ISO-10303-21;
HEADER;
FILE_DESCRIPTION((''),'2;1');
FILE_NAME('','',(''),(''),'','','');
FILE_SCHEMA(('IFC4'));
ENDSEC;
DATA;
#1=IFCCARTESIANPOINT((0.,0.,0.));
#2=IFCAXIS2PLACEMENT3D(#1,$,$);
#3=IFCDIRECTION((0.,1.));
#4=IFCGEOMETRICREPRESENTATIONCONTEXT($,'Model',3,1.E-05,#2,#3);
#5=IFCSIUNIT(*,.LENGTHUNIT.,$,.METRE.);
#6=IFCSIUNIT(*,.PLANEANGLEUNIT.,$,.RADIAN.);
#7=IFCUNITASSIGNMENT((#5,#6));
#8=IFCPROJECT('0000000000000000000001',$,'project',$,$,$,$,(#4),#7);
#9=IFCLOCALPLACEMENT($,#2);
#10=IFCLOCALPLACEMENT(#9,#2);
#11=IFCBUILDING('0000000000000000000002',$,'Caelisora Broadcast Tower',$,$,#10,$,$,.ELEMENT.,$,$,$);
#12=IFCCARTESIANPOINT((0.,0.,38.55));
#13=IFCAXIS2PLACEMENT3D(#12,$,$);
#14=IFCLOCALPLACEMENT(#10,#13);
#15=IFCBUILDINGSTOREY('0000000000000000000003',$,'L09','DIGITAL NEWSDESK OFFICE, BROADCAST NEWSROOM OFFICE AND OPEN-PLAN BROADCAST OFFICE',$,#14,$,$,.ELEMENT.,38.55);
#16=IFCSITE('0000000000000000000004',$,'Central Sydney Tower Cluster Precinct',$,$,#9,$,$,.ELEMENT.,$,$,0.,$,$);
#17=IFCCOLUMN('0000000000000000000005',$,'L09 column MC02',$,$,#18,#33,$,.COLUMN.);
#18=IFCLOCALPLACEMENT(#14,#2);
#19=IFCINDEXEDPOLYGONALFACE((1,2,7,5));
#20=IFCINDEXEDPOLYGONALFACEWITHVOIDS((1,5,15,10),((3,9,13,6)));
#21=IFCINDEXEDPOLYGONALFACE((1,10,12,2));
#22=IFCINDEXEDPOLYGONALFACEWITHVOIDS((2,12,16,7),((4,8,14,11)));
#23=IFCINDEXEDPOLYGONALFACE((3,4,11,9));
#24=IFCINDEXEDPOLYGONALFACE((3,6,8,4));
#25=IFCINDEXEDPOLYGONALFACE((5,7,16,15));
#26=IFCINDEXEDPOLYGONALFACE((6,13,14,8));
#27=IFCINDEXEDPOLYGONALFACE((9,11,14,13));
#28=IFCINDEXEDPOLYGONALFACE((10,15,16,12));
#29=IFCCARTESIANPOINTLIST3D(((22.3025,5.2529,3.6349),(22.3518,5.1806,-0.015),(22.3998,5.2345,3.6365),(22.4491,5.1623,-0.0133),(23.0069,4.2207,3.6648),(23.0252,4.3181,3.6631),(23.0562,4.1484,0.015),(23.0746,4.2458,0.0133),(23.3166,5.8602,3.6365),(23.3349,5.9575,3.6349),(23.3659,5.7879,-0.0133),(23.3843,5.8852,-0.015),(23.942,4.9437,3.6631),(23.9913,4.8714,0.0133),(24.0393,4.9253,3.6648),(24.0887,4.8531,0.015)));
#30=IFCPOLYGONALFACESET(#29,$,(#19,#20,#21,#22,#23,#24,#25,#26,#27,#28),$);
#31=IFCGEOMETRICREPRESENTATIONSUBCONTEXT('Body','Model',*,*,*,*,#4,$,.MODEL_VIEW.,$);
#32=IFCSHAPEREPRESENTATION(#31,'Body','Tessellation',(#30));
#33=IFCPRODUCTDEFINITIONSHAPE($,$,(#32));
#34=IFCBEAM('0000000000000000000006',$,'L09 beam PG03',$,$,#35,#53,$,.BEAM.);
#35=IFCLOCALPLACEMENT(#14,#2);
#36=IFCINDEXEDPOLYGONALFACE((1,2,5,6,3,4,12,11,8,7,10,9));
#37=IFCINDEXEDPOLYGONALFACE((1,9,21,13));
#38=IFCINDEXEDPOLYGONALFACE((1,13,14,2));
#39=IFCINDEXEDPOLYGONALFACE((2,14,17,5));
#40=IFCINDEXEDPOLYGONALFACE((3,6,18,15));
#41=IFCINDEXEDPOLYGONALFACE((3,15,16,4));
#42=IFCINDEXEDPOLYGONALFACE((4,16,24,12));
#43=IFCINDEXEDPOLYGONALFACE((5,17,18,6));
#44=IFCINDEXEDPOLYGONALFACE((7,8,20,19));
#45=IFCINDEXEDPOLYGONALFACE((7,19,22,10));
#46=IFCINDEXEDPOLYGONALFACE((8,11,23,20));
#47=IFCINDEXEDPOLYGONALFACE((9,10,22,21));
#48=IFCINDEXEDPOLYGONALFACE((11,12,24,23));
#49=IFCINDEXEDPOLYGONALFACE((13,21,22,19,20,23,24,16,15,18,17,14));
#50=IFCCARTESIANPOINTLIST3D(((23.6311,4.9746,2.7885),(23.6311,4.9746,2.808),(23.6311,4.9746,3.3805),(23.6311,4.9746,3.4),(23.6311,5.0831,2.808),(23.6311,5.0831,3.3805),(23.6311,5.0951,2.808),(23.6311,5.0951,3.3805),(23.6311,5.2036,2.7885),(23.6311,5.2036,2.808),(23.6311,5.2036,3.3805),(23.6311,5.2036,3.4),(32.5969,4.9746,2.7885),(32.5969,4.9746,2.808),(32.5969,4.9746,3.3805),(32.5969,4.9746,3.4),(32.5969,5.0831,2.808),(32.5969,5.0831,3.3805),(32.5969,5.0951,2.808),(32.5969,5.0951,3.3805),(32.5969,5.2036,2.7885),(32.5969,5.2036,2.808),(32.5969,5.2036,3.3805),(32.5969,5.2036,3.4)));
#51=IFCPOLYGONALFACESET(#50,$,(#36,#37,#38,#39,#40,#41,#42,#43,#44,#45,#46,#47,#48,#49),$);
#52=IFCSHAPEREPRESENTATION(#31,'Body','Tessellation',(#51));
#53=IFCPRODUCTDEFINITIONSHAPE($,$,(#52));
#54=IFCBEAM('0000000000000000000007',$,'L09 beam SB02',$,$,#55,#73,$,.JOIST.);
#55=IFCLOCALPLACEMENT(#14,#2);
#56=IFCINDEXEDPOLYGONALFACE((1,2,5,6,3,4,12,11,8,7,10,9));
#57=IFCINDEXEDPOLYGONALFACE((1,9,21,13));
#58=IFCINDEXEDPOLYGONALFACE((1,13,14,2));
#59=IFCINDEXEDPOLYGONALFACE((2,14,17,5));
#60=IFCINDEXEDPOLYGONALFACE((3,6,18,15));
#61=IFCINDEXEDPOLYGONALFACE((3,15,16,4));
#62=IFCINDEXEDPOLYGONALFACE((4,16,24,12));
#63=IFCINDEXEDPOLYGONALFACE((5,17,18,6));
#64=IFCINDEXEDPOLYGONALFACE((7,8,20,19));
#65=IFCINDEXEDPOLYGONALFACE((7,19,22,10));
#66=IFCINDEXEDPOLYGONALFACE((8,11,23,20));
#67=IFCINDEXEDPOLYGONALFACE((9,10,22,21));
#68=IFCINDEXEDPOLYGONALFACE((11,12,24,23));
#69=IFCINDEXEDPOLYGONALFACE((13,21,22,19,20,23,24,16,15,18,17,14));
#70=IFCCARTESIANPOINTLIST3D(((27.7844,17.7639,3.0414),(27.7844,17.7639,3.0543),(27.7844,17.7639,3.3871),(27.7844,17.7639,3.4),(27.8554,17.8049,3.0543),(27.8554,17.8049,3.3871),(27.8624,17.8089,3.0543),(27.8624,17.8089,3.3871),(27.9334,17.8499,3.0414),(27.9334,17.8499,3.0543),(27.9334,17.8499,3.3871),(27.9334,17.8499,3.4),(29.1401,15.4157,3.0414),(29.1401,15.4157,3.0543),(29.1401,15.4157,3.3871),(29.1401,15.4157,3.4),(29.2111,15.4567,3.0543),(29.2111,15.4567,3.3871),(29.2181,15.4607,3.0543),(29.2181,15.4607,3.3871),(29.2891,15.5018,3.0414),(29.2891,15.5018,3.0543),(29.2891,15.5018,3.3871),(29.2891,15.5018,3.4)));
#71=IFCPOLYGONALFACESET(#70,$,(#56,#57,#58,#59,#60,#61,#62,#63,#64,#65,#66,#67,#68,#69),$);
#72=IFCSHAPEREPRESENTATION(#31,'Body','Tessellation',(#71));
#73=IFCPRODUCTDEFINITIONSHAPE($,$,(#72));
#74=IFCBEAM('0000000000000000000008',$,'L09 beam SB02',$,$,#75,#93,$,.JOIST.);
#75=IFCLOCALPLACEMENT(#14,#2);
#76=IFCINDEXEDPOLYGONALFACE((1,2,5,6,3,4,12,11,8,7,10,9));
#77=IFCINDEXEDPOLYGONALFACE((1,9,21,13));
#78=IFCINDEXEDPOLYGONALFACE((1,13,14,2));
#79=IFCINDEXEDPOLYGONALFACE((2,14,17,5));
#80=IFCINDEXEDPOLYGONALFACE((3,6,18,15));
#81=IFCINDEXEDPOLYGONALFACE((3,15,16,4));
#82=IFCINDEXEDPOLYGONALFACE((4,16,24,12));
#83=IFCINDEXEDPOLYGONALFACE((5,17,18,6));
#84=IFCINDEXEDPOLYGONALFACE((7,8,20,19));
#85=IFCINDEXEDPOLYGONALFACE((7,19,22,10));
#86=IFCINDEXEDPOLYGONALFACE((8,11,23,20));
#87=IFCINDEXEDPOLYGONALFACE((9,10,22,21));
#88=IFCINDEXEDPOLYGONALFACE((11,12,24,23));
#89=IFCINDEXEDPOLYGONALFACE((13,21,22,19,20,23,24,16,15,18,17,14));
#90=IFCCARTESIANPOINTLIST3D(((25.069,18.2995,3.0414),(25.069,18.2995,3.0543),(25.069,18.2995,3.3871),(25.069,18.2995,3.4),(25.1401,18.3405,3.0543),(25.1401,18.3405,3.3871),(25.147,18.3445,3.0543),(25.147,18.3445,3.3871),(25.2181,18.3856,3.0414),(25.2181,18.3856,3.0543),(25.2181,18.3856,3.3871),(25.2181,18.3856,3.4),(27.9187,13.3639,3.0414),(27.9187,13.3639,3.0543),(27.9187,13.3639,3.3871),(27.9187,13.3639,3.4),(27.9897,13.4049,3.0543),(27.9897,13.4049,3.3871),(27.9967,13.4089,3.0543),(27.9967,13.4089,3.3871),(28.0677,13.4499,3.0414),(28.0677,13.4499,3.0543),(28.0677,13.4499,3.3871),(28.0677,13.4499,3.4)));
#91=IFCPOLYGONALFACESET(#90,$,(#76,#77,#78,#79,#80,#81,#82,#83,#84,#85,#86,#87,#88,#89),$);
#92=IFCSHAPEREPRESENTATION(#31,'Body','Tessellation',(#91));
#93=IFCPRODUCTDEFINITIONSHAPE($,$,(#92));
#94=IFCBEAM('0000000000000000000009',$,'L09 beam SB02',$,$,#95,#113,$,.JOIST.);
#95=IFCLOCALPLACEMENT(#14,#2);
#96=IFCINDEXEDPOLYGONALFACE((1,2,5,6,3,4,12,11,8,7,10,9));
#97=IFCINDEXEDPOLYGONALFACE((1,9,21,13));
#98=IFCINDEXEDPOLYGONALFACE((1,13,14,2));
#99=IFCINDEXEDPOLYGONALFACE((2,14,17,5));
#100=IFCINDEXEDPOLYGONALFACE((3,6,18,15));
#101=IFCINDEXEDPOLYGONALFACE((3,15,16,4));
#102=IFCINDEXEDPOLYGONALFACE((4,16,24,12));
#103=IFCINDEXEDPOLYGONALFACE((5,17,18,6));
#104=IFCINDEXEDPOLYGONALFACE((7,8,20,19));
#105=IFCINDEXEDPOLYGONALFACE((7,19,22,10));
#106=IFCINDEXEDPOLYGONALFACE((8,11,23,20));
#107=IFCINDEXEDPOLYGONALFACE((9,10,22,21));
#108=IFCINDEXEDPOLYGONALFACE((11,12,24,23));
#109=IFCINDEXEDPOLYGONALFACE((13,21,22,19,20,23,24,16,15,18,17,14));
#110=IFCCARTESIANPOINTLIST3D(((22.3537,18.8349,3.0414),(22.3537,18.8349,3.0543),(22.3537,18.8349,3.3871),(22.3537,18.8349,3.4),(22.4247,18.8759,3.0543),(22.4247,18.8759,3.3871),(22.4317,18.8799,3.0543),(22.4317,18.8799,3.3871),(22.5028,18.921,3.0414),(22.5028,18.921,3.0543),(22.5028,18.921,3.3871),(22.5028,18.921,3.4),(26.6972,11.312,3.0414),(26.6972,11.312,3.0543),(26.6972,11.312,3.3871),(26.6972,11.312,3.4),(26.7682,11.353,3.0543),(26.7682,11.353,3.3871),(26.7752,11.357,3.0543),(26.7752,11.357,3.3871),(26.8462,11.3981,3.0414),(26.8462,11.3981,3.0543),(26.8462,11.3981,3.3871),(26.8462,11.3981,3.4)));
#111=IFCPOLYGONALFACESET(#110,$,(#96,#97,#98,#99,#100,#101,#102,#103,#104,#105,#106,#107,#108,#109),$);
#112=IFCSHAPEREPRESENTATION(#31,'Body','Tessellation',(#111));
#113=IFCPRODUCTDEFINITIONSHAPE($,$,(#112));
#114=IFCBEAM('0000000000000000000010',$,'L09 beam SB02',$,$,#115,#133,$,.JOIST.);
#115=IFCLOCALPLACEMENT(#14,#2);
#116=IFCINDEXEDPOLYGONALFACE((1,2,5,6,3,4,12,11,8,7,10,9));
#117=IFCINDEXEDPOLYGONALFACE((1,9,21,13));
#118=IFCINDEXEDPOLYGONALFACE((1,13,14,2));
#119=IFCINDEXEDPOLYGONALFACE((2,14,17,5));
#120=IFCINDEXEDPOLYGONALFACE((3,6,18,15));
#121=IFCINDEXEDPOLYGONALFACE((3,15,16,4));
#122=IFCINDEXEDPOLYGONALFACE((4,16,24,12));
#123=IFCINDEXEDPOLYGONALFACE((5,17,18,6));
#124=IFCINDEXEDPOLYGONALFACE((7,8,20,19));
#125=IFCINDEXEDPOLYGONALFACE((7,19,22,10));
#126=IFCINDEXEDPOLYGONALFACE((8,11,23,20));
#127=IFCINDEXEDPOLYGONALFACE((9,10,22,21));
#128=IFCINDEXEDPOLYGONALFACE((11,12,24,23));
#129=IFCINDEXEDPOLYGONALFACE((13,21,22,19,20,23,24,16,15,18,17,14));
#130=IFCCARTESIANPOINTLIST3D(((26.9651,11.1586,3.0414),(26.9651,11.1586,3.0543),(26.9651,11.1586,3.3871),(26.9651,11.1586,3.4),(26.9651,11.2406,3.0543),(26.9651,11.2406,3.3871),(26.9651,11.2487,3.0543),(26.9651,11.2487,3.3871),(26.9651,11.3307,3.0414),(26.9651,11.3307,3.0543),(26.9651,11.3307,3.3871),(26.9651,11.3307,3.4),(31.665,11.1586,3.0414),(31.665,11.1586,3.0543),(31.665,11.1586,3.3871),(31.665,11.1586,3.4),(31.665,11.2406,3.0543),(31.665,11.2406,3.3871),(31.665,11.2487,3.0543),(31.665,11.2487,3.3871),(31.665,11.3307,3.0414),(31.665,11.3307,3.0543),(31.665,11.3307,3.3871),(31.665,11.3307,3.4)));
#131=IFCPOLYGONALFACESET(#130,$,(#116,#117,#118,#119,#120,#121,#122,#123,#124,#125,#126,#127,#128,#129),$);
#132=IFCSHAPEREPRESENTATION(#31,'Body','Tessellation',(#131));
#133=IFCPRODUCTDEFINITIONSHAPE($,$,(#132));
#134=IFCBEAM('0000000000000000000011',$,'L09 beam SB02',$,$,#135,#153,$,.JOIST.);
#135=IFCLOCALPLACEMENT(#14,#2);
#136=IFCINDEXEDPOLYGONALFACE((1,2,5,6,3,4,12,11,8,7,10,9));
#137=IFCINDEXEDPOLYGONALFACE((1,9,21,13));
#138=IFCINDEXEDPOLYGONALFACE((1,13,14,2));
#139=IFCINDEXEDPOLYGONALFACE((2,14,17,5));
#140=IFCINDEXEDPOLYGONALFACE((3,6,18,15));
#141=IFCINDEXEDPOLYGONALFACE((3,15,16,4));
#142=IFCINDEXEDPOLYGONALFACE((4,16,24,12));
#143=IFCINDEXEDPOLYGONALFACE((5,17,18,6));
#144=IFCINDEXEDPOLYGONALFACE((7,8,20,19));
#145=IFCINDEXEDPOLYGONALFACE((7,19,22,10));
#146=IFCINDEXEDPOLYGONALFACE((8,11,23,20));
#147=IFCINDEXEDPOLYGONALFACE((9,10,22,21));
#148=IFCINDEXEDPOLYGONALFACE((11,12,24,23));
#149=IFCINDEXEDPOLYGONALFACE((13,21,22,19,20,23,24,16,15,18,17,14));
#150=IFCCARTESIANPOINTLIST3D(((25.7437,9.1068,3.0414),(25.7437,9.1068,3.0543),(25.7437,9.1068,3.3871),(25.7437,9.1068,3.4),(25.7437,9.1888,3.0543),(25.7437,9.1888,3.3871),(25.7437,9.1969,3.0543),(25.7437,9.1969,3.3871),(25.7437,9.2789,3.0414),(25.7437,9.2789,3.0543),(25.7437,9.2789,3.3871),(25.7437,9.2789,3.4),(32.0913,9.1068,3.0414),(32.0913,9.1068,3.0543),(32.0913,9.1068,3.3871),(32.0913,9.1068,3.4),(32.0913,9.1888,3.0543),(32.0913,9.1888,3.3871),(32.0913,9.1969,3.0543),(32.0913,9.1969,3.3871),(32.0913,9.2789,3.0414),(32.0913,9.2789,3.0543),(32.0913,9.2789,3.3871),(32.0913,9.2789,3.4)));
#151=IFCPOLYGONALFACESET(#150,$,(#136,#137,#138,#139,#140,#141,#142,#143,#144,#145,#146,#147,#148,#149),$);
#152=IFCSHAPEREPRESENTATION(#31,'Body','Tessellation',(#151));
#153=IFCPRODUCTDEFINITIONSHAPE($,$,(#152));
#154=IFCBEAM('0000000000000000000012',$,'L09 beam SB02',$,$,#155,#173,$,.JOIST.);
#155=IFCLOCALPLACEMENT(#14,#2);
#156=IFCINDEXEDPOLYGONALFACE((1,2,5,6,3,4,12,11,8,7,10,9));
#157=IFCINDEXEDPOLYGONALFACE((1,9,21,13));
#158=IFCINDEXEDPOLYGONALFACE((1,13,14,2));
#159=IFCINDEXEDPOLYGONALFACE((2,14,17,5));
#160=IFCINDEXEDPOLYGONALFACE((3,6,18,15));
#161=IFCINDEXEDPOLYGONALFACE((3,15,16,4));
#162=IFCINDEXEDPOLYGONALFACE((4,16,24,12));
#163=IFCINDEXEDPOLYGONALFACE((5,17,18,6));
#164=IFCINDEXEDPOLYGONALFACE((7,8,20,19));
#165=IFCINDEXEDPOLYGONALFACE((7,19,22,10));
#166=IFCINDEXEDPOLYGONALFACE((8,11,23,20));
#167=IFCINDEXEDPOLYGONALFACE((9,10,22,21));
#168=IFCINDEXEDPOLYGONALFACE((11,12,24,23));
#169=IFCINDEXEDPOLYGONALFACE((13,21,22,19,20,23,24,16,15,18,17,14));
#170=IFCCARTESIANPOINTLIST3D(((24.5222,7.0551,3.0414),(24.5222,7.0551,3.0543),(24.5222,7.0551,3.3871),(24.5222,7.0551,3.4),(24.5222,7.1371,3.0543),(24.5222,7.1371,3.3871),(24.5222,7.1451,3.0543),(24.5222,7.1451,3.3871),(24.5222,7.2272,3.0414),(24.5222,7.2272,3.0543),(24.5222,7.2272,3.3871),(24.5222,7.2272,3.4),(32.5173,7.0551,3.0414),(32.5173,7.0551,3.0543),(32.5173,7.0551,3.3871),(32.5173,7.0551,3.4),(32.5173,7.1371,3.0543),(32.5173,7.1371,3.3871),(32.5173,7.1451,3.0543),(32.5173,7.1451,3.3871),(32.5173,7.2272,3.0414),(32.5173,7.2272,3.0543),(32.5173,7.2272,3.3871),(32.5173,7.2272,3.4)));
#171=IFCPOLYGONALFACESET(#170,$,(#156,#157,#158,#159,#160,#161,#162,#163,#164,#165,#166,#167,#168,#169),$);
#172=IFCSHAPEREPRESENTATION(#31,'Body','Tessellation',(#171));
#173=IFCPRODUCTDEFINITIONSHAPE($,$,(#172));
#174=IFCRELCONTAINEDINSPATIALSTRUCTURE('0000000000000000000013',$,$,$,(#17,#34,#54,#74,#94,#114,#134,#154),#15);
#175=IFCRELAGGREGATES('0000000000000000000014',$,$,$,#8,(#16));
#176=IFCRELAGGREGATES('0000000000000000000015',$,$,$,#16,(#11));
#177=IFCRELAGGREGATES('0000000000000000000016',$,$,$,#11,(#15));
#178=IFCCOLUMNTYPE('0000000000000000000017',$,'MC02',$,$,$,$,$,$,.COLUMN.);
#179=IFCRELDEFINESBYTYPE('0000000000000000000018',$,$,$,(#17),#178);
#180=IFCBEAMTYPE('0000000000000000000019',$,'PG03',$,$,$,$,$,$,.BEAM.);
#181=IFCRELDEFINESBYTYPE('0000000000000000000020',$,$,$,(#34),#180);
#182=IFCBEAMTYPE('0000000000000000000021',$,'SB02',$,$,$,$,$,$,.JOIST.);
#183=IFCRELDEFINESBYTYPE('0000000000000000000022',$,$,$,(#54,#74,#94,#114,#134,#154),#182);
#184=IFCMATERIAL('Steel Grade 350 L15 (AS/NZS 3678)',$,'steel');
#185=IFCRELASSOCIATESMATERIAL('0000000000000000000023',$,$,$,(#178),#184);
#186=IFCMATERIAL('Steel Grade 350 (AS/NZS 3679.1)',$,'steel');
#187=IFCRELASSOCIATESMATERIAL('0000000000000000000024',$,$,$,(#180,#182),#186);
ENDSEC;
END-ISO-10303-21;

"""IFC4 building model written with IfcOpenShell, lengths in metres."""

from ifc_helpers import new_model, si_unit, direction, frame, origin, origin_2d, place, context, subcontext, project, spatial, hollow_rectangle, i_section, extrude, source, transform, mapped, material, material_profile, profile_set, type_object, type_shapes, element, save


model = new_model("IFC4")

# Units and contexts
model_context = context("Model", 3, precision=1e-05, world=origin(), true_north=direction((0.0, 1.0)))
body_context = subcontext(model_context, "Body", "Model", "MODEL_VIEW")
ifc_project = project(units=[si_unit("LENGTHUNIT", "METRE"), si_unit("PLANEANGLEUNIT", "RADIAN")], contexts=[model_context])

# Site, building, storey
site_placement = place(None, origin())
site = spatial("IfcSite", under=ifc_project, at=site_placement, Name="Central Sydney Tower Cluster Precinct", CompositionType="ELEMENT", RefElevation=0.0)
building_placement = place(site_placement, origin())
building = spatial("IfcBuilding", under=site, at=building_placement, Name="Caelisora Broadcast Tower", CompositionType="ELEMENT")
storey_placement = place(building_placement, frame((0.0, 0.0, 38.55)))
storey = spatial("IfcBuildingStorey", under=building, at=storey_placement, Name="L09", Description="DIGITAL NEWSDESK OFFICE, BROADCAST NEWSROOM OFFICE AND OPEN-PLAN BROADCAST OFFICE", CompositionType="ELEMENT", Elevation=38.55)

# Column
ifc_material_1 = material(Name="Steel Grade 350 L15 (AS/NZS 3678)", Category="steel")
ifc_material_profile_1 = material_profile(ifc_material_1, hollow_rectangle(XDim=1.25, YDim=1.25, WallThickness=0.0701, at=origin_2d()), Name="Steel Grade 350 L15 (AS/NZS 3678)")
ifc_profile_set_1 = profile_set([ifc_material_profile_1], Name="Steel Grade 350 L15 (AS/NZS 3678)")
column_type = type_object("IfcColumnType", Name="MC02", PredefinedType="COLUMN", material=ifc_profile_set_1)
shared_shape_1 = source(origin(), body_context, "Body", "SweptSolid", [
    extrude(hollow_rectangle(XDim=1.25, YDim=1.25, WallThickness=0.0701, at=origin_2d()), origin(), (0.0, 0.0, 1.0), 3.6509),
])
type_shapes(column_type, [shared_shape_1])
column_placement = place(storey_placement, frame((23.2202, 5.0168, 0.0), z_axis=(-0.013508, 0.019794, 0.999713), x_axis=(-0.825991, -0.563683, 0.0)))
element("IfcColumn", 1, at=column_placement, inside=storey, type_object=column_type, Name="L09 column MC02", PredefinedType="COLUMN", context=body_context, shape_type="MappedRepresentation", body=[
    mapped(shared_shape_1, transform((0.0, 0.0, 0.0), scale=1.0)),
])

# Beams
ifc_material_2 = material(Name="Steel Grade 350 (AS/NZS 3679.1)", Category="steel")
ifc_material_profile_2 = material_profile(ifc_material_2, i_section(OverallWidth=0.229, OverallDepth=0.6116, WebThickness=0.012, FlangeThickness=0.0195, at=origin_2d()), Name="Steel Grade 350 (AS/NZS 3679.1)")
ifc_profile_set_2 = profile_set([ifc_material_profile_2], Name="Steel Grade 350 (AS/NZS 3679.1)")
beam_type_1 = type_object("IfcBeamType", Name="PG03", PredefinedType="BEAM", material=ifc_profile_set_2)
shared_shape_2 = source(origin(), body_context, "Body", "SweptSolid", [
    extrude(i_section(OverallWidth=0.229, OverallDepth=0.6116, WebThickness=0.012, FlangeThickness=0.0195, at=origin_2d()), origin(), (0.0, 0.0, 1.0), 8.9658),
])
type_shapes(beam_type_1, [shared_shape_2])
beam_1_placement = place(storey_placement, frame((23.6311, 5.0891, 3.0942), z_axis=(1.0, 0.0, 0.0), x_axis=(0.0, 1.0, 0.0)))
element("IfcBeam", 2, at=beam_1_placement, inside=storey, type_object=beam_type_1, Name="L09 beam PG03", PredefinedType="BEAM", context=body_context, shape_type="MappedRepresentation", body=[
    mapped(shared_shape_2, transform((0.0, 0.0, 0.0), scale=1.0)),
])
ifc_material_profile_3 = material_profile(ifc_material_2, i_section(OverallWidth=0.1721, OverallDepth=0.3586, WebThickness=0.0081, FlangeThickness=0.0129, at=origin_2d()), Name="Steel Grade 350 (AS/NZS 3679.1)")
ifc_profile_set_3 = profile_set([ifc_material_profile_3], Name="Steel Grade 350 (AS/NZS 3679.1)")
beam_type_2 = type_object("IfcBeamType", Name="SB02", PredefinedType="JOIST", material=ifc_profile_set_3)
shared_shape_3 = source(origin(), body_context, "Body", "SweptSolid", [
    extrude(i_section(OverallWidth=0.1721, OverallDepth=0.3586, WebThickness=0.0081, FlangeThickness=0.0129, at=origin_2d()), origin(), (0.0, 0.0, 1.0), 2.7114),
])
beam_2_placement = place(storey_placement, frame((27.8589, 17.8069, 3.2207), z_axis=(0.500003, -0.866024, 0.0), x_axis=(0.866024, 0.500003, 0.0)))
element("IfcBeam", 3, at=beam_2_placement, inside=storey, type_object=beam_type_2, Name="L09 beam SB02", PredefinedType="JOIST", context=body_context, shape_type="MappedRepresentation", body=[
    mapped(shared_shape_3, transform((0.0, 0.0, 0.0), scale=1.0)),
])
shared_shape_4 = source(origin(), body_context, "Body", "SweptSolid", [
    extrude(i_section(OverallWidth=0.1721, OverallDepth=0.3586, WebThickness=0.0081, FlangeThickness=0.0129, at=origin_2d()), origin(), (0.0, 0.0, 1.0), 5.6992),
])
beam_3_placement = place(storey_placement, frame((25.1436, 18.3425, 3.2207), z_axis=(0.500009, -0.86602, 0.0), x_axis=(0.86602, 0.500009, 0.0)))
element("IfcBeam", 4, at=beam_3_placement, inside=storey, type_object=beam_type_2, Name="L09 beam SB02", PredefinedType="JOIST", context=body_context, shape_type="MappedRepresentation", body=[
    mapped(shared_shape_4, transform((0.0, 0.0, 0.0), scale=1.0)),
])
shared_shape_5 = source(origin(), body_context, "Body", "SweptSolid", [
    extrude(i_section(OverallWidth=0.1721, OverallDepth=0.3586, WebThickness=0.0081, FlangeThickness=0.0129, at=origin_2d()), origin(), (0.0, 0.0, 1.0), 8.6868),
])
beam_4_placement = place(storey_placement, frame((22.4282, 18.8779, 3.2207), z_axis=(0.500011, -0.866019, 0.0), x_axis=(0.866019, 0.500011, 0.0)))
element("IfcBeam", 5, at=beam_4_placement, inside=storey, type_object=beam_type_2, Name="L09 beam SB02", PredefinedType="JOIST", context=body_context, shape_type="MappedRepresentation", body=[
    mapped(shared_shape_5, transform((0.0, 0.0, 0.0), scale=1.0)),
])
shared_shape_6 = source(origin(), body_context, "Body", "SweptSolid", [
    extrude(i_section(OverallWidth=0.1721, OverallDepth=0.3586, WebThickness=0.0081, FlangeThickness=0.0129, at=origin_2d()), origin(), (0.0, 0.0, 1.0), 4.7),
])
beam_5_placement = place(storey_placement, frame((26.9651, 11.2446, 3.2207), z_axis=(1.0, 0.0, 0.0), x_axis=(0.0, 1.0, 0.0)))
element("IfcBeam", 6, at=beam_5_placement, inside=storey, type_object=beam_type_2, Name="L09 beam SB02", PredefinedType="JOIST", context=body_context, shape_type="MappedRepresentation", body=[
    mapped(shared_shape_6, transform((0.0, 0.0, 0.0), scale=1.0)),
])
shared_shape_7 = source(origin(), body_context, "Body", "SweptSolid", [
    extrude(i_section(OverallWidth=0.1721, OverallDepth=0.3586, WebThickness=0.0081, FlangeThickness=0.0129, at=origin_2d()), origin(), (0.0, 0.0, 1.0), 6.3477),
])
beam_6_placement = place(storey_placement, frame((25.7437, 9.1929, 3.2207), z_axis=(1.0, 0.0, 0.0), x_axis=(0.0, 1.0, 0.0)))
element("IfcBeam", 7, at=beam_6_placement, inside=storey, type_object=beam_type_2, Name="L09 beam SB02", PredefinedType="JOIST", context=body_context, shape_type="MappedRepresentation", body=[
    mapped(shared_shape_7, transform((0.0, 0.0, 0.0), scale=1.0)),
])
shared_shape_8 = source(origin(), body_context, "Body", "SweptSolid", [
    extrude(i_section(OverallWidth=0.1721, OverallDepth=0.3586, WebThickness=0.0081, FlangeThickness=0.0129, at=origin_2d()), origin(), (0.0, 0.0, 1.0), 7.9951),
])
type_shapes(beam_type_2, [shared_shape_3, shared_shape_4, shared_shape_5, shared_shape_6, shared_shape_7, shared_shape_8])
beam_7_placement = place(storey_placement, frame((24.5222, 7.1411, 3.2207), z_axis=(1.0, 0.0, 0.0), x_axis=(0.0, 1.0, 0.0)))
element("IfcBeam", 8, at=beam_7_placement, inside=storey, type_object=beam_type_2, Name="L09 beam SB02", PredefinedType="JOIST", context=body_context, shape_type="MappedRepresentation", body=[
    mapped(shared_shape_8, transform((0.0, 0.0, 0.0), scale=1.0)),
])

save(model, "model.ifc")
